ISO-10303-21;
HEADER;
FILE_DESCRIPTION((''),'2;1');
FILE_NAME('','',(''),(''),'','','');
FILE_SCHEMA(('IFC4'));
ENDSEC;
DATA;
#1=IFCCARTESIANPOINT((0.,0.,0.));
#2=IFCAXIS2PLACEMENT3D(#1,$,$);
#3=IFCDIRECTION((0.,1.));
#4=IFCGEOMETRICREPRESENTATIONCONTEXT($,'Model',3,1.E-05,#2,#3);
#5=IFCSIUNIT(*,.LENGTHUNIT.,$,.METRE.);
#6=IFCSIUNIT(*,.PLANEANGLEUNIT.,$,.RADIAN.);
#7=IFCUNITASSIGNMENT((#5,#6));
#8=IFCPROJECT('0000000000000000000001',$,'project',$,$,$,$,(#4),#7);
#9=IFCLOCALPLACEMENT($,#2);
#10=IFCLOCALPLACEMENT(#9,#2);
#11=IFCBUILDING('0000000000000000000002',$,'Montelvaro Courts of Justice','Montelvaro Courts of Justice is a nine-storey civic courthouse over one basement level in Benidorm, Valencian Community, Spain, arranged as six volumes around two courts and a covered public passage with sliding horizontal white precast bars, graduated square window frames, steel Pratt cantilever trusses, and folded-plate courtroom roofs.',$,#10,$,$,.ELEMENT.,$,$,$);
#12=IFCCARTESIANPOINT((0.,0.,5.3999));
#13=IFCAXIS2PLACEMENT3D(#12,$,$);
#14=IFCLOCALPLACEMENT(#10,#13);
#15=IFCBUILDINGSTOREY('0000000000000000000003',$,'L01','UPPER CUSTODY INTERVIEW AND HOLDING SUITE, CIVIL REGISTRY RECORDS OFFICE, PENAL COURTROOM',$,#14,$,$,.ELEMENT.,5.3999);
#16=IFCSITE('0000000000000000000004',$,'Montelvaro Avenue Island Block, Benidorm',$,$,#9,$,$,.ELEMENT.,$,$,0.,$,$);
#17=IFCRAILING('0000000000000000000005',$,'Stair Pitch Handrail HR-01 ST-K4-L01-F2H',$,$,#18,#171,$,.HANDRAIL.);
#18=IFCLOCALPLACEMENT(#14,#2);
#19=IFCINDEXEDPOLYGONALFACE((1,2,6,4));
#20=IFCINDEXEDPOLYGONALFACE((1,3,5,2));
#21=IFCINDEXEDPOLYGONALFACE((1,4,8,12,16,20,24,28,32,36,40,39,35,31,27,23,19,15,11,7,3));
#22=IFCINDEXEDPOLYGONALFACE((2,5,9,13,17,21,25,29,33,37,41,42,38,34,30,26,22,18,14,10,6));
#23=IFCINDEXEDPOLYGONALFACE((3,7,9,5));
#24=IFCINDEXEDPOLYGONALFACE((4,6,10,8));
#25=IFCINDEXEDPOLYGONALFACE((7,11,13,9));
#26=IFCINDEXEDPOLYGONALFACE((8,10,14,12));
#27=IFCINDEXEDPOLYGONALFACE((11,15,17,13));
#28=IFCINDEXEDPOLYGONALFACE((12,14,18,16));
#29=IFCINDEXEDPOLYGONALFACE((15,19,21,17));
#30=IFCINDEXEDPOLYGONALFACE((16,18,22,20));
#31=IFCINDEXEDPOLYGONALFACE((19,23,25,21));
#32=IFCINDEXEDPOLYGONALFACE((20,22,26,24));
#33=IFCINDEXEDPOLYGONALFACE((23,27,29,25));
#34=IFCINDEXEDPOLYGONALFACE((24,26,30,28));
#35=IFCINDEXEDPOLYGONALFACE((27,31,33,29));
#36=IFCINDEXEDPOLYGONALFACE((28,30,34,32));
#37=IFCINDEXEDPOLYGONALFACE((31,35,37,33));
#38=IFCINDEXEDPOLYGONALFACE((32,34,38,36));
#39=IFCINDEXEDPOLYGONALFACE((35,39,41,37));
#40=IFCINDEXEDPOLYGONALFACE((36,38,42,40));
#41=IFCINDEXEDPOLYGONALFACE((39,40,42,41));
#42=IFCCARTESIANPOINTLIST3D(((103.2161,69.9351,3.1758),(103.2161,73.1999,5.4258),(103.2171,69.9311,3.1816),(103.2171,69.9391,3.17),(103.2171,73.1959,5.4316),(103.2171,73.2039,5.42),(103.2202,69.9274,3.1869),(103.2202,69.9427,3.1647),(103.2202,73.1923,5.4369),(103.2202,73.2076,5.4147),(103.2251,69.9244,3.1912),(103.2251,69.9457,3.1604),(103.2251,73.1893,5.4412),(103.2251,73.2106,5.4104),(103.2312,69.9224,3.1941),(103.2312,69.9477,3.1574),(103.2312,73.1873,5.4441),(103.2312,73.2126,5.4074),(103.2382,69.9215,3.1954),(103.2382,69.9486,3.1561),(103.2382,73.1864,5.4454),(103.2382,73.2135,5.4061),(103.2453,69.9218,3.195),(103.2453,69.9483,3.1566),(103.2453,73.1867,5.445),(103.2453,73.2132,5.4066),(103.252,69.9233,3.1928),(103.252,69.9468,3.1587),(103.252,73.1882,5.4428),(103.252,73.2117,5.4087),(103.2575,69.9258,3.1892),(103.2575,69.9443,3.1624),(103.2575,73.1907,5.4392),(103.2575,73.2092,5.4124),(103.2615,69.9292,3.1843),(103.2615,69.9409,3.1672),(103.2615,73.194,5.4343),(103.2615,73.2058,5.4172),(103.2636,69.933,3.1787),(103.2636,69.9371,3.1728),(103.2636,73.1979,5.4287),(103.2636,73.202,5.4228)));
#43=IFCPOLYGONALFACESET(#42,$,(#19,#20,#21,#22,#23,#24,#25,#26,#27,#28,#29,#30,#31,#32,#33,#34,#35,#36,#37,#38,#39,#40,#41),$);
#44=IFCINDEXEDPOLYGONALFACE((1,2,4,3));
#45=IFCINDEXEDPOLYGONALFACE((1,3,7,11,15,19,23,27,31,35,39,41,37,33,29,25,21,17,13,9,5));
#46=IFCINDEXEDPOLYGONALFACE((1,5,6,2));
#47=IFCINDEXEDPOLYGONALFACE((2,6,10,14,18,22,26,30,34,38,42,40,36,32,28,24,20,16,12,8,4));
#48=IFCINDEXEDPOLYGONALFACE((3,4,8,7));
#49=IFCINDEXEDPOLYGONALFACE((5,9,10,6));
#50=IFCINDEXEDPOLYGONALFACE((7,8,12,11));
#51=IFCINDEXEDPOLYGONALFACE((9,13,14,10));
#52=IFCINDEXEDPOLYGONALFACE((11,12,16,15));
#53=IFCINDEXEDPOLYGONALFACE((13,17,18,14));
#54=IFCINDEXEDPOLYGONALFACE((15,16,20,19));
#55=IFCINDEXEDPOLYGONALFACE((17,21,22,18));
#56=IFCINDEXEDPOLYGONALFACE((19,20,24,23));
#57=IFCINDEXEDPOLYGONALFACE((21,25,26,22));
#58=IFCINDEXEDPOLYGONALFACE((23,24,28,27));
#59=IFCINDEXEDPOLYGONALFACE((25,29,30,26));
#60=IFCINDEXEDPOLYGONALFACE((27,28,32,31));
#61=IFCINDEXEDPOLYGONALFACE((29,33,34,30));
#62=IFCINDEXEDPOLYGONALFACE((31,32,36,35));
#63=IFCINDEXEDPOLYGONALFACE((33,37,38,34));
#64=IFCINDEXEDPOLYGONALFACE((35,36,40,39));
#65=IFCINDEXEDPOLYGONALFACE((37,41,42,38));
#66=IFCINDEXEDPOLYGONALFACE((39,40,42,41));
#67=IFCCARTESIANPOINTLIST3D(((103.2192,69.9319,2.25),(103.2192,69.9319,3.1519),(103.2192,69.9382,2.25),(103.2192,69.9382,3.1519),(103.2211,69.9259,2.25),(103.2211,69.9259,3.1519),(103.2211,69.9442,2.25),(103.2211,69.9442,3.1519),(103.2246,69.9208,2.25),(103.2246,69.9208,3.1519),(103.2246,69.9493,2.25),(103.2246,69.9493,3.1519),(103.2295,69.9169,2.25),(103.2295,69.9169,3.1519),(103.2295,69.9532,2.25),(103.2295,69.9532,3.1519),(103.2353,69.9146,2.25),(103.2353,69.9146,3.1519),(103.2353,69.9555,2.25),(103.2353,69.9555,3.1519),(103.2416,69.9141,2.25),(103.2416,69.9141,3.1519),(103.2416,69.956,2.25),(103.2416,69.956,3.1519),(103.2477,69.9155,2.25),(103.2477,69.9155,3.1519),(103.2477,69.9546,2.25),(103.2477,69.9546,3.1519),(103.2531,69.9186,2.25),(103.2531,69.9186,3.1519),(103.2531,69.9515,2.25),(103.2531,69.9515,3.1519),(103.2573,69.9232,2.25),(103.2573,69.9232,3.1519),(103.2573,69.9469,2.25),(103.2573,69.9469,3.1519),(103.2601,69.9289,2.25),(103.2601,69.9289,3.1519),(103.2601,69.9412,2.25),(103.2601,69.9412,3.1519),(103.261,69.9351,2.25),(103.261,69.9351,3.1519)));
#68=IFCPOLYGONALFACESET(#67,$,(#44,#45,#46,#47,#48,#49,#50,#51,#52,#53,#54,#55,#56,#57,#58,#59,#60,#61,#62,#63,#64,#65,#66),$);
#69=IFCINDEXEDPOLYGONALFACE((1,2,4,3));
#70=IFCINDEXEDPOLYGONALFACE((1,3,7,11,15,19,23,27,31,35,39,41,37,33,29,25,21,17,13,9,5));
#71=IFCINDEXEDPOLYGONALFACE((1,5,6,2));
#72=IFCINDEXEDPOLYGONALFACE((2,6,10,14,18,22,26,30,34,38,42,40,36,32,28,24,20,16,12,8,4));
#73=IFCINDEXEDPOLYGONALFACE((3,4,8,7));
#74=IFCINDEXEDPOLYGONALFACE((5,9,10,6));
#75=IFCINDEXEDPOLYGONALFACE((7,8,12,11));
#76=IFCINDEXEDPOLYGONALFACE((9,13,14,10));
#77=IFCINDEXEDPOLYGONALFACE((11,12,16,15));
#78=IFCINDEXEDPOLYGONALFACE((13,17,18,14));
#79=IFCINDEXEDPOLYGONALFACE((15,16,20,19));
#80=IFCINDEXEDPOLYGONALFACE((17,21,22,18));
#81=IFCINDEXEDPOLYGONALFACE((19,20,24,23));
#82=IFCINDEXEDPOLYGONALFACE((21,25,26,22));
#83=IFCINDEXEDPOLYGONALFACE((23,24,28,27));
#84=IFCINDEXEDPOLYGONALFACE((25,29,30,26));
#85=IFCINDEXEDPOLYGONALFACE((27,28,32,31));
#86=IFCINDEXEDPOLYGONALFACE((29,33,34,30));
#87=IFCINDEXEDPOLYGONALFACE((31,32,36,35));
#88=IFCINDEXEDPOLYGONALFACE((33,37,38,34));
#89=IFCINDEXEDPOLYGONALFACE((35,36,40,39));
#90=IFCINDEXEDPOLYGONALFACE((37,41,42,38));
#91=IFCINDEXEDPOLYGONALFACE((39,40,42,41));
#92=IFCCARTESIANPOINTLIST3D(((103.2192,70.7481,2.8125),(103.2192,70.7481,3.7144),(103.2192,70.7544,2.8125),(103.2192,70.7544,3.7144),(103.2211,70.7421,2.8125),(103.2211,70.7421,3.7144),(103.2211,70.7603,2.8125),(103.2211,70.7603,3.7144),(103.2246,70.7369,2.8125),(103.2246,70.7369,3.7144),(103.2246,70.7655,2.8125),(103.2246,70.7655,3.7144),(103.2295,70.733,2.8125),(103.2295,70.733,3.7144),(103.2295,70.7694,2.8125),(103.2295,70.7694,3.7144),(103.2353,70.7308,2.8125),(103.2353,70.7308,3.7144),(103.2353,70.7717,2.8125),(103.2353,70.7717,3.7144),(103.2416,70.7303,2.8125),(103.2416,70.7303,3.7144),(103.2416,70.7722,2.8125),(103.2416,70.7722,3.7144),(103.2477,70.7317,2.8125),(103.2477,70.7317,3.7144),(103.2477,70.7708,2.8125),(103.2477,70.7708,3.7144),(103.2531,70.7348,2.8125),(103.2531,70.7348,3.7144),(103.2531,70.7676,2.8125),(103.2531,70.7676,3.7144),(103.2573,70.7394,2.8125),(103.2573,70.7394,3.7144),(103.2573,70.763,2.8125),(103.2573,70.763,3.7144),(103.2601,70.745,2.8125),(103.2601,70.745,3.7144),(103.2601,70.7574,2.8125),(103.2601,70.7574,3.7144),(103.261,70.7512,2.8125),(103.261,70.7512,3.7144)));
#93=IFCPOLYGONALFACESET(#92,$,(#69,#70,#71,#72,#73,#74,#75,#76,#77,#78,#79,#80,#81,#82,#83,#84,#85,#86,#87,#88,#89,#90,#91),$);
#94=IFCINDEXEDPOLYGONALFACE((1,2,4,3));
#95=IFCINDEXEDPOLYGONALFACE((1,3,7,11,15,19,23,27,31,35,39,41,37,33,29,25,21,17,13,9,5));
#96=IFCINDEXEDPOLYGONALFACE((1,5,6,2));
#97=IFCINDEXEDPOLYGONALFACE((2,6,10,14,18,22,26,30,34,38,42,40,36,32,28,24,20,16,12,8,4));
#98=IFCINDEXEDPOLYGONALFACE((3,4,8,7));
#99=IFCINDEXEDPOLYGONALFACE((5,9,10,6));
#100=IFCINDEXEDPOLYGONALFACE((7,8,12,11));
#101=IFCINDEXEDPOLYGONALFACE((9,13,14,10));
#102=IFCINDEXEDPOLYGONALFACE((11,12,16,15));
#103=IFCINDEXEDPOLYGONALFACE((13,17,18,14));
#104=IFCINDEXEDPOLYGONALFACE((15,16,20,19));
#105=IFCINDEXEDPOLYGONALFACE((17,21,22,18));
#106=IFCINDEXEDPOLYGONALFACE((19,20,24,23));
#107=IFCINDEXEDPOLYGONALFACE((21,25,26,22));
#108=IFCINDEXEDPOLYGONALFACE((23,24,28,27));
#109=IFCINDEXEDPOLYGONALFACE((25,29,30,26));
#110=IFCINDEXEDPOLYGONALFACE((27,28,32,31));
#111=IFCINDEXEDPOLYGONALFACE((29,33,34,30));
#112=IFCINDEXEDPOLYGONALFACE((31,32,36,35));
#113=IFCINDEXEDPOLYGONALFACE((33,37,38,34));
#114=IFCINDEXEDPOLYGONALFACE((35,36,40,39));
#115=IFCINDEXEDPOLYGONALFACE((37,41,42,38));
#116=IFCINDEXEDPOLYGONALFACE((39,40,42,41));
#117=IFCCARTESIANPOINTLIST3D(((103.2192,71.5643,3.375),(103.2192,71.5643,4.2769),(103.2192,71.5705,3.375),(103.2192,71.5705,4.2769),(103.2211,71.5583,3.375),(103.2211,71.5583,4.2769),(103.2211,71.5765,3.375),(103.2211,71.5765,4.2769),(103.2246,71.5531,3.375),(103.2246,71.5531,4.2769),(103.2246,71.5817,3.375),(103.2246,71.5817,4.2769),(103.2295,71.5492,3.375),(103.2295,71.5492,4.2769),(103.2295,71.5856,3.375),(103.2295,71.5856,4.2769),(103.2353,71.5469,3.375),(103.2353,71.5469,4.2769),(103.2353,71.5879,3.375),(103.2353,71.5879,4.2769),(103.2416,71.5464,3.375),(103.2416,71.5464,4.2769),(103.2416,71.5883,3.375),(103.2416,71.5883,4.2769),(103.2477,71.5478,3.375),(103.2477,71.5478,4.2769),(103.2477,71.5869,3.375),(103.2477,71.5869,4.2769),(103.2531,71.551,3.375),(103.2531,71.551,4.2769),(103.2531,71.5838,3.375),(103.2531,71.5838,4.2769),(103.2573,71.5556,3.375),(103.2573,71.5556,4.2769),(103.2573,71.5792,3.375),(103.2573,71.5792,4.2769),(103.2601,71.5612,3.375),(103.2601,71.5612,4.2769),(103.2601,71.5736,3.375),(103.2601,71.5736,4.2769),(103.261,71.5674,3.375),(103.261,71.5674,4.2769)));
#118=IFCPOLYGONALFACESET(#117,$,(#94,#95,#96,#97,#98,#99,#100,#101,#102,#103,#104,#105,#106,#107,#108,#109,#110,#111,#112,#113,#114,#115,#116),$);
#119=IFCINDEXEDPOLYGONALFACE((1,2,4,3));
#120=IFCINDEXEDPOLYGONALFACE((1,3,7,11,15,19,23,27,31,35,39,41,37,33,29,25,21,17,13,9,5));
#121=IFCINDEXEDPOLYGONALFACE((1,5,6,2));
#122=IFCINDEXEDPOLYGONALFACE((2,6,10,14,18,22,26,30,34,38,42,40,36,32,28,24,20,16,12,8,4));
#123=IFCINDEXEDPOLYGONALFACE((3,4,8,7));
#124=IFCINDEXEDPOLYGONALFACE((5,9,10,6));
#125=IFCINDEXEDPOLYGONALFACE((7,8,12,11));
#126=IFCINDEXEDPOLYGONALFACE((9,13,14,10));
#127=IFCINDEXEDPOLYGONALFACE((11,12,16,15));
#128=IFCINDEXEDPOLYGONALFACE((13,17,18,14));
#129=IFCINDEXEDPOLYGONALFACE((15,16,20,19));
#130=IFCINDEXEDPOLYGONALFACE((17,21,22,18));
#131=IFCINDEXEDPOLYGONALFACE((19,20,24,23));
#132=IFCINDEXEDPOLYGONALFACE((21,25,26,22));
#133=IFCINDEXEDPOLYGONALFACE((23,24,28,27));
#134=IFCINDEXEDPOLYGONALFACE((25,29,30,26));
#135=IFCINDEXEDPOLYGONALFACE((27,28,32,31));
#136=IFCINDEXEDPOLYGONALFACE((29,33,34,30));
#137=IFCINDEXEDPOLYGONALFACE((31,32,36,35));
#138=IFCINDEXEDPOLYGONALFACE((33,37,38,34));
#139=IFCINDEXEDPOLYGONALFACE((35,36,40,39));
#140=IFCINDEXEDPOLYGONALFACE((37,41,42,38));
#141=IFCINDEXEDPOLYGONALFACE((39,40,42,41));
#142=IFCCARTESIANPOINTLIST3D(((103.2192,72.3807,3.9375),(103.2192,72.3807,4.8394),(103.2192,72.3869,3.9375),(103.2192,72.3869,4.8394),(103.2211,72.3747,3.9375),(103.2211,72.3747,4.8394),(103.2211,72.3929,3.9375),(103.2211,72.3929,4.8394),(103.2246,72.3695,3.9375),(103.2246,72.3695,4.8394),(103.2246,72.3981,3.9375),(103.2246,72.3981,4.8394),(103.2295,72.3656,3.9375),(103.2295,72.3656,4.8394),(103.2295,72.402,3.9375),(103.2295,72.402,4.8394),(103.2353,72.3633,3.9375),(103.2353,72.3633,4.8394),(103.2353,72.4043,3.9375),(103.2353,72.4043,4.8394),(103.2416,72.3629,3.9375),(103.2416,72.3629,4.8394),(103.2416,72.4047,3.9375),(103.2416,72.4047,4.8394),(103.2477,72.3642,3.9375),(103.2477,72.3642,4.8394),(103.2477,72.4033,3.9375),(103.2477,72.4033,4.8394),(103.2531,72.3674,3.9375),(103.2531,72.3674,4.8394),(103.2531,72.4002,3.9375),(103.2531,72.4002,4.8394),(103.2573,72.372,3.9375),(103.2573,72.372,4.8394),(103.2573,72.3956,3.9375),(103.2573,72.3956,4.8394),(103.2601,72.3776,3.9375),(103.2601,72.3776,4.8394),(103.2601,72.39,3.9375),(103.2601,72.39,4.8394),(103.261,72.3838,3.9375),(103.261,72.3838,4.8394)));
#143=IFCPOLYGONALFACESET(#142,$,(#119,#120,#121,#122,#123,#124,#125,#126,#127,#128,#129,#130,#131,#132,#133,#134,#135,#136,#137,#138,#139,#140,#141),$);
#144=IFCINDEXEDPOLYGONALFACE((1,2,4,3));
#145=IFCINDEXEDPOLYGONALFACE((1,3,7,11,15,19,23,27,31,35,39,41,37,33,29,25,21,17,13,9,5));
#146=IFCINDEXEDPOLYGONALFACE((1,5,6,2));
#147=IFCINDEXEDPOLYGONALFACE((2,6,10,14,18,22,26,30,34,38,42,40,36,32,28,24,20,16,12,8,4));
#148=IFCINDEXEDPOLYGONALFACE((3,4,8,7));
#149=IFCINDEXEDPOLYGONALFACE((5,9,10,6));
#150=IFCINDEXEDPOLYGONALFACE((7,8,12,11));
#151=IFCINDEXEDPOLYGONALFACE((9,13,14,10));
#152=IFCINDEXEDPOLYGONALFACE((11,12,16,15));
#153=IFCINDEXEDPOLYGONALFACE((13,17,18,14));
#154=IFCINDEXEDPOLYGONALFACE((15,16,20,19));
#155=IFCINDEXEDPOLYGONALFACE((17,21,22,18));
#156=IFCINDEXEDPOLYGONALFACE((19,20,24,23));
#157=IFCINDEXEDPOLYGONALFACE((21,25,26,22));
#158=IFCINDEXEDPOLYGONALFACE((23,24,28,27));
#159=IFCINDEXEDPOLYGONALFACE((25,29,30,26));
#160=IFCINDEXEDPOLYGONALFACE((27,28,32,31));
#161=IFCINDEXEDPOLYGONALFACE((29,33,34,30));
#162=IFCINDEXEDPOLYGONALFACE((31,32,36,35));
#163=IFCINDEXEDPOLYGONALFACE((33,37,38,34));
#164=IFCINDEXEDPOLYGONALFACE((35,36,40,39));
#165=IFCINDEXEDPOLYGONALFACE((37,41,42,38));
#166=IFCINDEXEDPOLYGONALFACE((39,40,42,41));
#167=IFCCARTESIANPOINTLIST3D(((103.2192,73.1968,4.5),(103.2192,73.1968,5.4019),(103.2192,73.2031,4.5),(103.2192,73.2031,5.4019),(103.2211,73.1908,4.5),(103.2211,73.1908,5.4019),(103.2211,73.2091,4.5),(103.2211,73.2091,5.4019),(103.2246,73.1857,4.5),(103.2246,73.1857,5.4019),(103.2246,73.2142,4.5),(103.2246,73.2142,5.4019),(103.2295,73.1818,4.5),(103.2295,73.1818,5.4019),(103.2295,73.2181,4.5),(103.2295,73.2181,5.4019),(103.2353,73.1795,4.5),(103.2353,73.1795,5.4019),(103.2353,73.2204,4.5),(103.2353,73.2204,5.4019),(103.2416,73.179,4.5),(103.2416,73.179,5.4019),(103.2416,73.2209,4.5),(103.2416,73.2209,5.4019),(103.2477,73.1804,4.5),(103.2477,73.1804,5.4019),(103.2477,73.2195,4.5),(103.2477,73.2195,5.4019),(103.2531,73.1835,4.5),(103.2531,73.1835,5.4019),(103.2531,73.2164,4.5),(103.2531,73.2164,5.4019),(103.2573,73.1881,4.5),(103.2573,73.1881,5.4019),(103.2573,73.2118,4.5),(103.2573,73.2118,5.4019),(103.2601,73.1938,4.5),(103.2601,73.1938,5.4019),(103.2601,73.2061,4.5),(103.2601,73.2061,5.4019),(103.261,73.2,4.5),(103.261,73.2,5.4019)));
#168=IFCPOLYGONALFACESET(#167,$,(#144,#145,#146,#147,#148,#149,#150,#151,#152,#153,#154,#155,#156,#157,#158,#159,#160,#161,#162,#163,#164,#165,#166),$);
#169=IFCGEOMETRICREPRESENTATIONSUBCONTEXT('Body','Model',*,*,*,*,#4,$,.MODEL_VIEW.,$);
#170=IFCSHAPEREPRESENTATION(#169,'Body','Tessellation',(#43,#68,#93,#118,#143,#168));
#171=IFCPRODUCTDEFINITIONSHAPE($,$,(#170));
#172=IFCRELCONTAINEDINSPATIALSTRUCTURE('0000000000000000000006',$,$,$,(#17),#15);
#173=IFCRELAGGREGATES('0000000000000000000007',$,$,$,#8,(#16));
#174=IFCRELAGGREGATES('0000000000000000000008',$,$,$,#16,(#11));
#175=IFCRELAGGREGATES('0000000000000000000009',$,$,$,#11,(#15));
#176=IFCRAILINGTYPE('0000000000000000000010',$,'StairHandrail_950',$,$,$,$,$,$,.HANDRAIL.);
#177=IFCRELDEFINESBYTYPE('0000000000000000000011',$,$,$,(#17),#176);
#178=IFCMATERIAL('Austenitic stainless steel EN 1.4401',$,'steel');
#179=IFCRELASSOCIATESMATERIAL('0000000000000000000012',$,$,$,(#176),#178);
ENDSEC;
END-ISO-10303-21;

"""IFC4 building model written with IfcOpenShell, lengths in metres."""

from ifc_helpers import new_model, si_unit, direction, frame, origin, origin_2d, place, context, subcontext, project, spatial, circle, extrude, material, type_object, element, save


model = new_model("IFC4")

# Units and contexts
model_context = context("Model", 3, precision=1e-05, world=origin(), true_north=direction((0.0, 1.0)))
body_context = subcontext(model_context, "Body", "Model", "MODEL_VIEW")
ifc_project = project(units=[si_unit("LENGTHUNIT", "METRE"), si_unit("PLANEANGLEUNIT", "RADIAN")], contexts=[model_context])

# Site, building, storey
site_placement = place(None, origin())
site = spatial("IfcSite", under=ifc_project, at=site_placement, Name="Montelvaro Avenue Island Block, Benidorm", CompositionType="ELEMENT", RefElevation=0.0)
building_placement = place(site_placement, origin())
building = spatial("IfcBuilding", under=site, at=building_placement, Name="Montelvaro Courts of Justice", Description="Montelvaro Courts of Justice is a nine-storey civic courthouse over one basement level in Benidorm, Valencian Community, Spain, arranged as six volumes around two courts and a covered public passage with sliding horizontal white precast bars, graduated square window frames, steel Pratt cantilever trusses, and folded-plate courtroom roofs.", CompositionType="ELEMENT")
storey_placement = place(building_placement, frame((0.0, 0.0, 5.3999)))
storey = spatial("IfcBuildingStorey", under=building, at=storey_placement, Name="L01", Description="UPPER CUSTODY INTERVIEW AND HOLDING SUITE, CIVIL REGISTRY RECORDS OFFICE, PENAL COURTROOM", CompositionType="ELEMENT", Elevation=5.3999)

# Railing
ifc_material_1 = material(Name="Austenitic stainless steel EN 1.4401", Category="steel")
railing_type_1 = type_object("IfcRailingType", Name="StairHandrail_950", PredefinedType="HANDRAIL", material=ifc_material_1)
railing_1_placement = place(storey_placement, frame((103.24, 69.9351, 2.25)))
element("IfcRailing", 1, at=railing_1_placement, inside=storey, type_object=railing_type_1, Name="Stair Pitch Handrail HR-01 ST-K4-L01-F2H", PredefinedType="HANDRAIL", context=body_context, shape_type="SweptSolid", body=[
    extrude(circle(Radius=0.0239, at=origin_2d()), frame((0.0, 0.0, 0.9258), z_axis=(0.0, 0.823407, 0.567451), x_axis=(-1.0, 0.0, 0.0)), (0.0, 0.0, 1.0), 3.9651),
    extrude(circle(Radius=0.021, at=origin_2d()), origin(), (0.0, 0.0, 1.0), 0.9019),
    extrude(circle(Radius=0.021, at=origin_2d()), frame((0.0, 0.8162, 0.5625)), (0.0, 0.0, 1.0), 0.9019),
    extrude(circle(Radius=0.021, at=origin_2d()), frame((0.0, 1.6323, 1.125)), (0.0, 0.0, 1.0), 0.9019),
    extrude(circle(Radius=0.021, at=origin_2d()), frame((0.0, 2.4487, 1.6875)), (0.0, 0.0, 1.0), 0.9019),
    extrude(circle(Radius=0.021, at=origin_2d()), frame((0.0, 3.2649, 2.25)), (0.0, 0.0, 1.0), 0.9019),
])

save(model, "model.ifc")
